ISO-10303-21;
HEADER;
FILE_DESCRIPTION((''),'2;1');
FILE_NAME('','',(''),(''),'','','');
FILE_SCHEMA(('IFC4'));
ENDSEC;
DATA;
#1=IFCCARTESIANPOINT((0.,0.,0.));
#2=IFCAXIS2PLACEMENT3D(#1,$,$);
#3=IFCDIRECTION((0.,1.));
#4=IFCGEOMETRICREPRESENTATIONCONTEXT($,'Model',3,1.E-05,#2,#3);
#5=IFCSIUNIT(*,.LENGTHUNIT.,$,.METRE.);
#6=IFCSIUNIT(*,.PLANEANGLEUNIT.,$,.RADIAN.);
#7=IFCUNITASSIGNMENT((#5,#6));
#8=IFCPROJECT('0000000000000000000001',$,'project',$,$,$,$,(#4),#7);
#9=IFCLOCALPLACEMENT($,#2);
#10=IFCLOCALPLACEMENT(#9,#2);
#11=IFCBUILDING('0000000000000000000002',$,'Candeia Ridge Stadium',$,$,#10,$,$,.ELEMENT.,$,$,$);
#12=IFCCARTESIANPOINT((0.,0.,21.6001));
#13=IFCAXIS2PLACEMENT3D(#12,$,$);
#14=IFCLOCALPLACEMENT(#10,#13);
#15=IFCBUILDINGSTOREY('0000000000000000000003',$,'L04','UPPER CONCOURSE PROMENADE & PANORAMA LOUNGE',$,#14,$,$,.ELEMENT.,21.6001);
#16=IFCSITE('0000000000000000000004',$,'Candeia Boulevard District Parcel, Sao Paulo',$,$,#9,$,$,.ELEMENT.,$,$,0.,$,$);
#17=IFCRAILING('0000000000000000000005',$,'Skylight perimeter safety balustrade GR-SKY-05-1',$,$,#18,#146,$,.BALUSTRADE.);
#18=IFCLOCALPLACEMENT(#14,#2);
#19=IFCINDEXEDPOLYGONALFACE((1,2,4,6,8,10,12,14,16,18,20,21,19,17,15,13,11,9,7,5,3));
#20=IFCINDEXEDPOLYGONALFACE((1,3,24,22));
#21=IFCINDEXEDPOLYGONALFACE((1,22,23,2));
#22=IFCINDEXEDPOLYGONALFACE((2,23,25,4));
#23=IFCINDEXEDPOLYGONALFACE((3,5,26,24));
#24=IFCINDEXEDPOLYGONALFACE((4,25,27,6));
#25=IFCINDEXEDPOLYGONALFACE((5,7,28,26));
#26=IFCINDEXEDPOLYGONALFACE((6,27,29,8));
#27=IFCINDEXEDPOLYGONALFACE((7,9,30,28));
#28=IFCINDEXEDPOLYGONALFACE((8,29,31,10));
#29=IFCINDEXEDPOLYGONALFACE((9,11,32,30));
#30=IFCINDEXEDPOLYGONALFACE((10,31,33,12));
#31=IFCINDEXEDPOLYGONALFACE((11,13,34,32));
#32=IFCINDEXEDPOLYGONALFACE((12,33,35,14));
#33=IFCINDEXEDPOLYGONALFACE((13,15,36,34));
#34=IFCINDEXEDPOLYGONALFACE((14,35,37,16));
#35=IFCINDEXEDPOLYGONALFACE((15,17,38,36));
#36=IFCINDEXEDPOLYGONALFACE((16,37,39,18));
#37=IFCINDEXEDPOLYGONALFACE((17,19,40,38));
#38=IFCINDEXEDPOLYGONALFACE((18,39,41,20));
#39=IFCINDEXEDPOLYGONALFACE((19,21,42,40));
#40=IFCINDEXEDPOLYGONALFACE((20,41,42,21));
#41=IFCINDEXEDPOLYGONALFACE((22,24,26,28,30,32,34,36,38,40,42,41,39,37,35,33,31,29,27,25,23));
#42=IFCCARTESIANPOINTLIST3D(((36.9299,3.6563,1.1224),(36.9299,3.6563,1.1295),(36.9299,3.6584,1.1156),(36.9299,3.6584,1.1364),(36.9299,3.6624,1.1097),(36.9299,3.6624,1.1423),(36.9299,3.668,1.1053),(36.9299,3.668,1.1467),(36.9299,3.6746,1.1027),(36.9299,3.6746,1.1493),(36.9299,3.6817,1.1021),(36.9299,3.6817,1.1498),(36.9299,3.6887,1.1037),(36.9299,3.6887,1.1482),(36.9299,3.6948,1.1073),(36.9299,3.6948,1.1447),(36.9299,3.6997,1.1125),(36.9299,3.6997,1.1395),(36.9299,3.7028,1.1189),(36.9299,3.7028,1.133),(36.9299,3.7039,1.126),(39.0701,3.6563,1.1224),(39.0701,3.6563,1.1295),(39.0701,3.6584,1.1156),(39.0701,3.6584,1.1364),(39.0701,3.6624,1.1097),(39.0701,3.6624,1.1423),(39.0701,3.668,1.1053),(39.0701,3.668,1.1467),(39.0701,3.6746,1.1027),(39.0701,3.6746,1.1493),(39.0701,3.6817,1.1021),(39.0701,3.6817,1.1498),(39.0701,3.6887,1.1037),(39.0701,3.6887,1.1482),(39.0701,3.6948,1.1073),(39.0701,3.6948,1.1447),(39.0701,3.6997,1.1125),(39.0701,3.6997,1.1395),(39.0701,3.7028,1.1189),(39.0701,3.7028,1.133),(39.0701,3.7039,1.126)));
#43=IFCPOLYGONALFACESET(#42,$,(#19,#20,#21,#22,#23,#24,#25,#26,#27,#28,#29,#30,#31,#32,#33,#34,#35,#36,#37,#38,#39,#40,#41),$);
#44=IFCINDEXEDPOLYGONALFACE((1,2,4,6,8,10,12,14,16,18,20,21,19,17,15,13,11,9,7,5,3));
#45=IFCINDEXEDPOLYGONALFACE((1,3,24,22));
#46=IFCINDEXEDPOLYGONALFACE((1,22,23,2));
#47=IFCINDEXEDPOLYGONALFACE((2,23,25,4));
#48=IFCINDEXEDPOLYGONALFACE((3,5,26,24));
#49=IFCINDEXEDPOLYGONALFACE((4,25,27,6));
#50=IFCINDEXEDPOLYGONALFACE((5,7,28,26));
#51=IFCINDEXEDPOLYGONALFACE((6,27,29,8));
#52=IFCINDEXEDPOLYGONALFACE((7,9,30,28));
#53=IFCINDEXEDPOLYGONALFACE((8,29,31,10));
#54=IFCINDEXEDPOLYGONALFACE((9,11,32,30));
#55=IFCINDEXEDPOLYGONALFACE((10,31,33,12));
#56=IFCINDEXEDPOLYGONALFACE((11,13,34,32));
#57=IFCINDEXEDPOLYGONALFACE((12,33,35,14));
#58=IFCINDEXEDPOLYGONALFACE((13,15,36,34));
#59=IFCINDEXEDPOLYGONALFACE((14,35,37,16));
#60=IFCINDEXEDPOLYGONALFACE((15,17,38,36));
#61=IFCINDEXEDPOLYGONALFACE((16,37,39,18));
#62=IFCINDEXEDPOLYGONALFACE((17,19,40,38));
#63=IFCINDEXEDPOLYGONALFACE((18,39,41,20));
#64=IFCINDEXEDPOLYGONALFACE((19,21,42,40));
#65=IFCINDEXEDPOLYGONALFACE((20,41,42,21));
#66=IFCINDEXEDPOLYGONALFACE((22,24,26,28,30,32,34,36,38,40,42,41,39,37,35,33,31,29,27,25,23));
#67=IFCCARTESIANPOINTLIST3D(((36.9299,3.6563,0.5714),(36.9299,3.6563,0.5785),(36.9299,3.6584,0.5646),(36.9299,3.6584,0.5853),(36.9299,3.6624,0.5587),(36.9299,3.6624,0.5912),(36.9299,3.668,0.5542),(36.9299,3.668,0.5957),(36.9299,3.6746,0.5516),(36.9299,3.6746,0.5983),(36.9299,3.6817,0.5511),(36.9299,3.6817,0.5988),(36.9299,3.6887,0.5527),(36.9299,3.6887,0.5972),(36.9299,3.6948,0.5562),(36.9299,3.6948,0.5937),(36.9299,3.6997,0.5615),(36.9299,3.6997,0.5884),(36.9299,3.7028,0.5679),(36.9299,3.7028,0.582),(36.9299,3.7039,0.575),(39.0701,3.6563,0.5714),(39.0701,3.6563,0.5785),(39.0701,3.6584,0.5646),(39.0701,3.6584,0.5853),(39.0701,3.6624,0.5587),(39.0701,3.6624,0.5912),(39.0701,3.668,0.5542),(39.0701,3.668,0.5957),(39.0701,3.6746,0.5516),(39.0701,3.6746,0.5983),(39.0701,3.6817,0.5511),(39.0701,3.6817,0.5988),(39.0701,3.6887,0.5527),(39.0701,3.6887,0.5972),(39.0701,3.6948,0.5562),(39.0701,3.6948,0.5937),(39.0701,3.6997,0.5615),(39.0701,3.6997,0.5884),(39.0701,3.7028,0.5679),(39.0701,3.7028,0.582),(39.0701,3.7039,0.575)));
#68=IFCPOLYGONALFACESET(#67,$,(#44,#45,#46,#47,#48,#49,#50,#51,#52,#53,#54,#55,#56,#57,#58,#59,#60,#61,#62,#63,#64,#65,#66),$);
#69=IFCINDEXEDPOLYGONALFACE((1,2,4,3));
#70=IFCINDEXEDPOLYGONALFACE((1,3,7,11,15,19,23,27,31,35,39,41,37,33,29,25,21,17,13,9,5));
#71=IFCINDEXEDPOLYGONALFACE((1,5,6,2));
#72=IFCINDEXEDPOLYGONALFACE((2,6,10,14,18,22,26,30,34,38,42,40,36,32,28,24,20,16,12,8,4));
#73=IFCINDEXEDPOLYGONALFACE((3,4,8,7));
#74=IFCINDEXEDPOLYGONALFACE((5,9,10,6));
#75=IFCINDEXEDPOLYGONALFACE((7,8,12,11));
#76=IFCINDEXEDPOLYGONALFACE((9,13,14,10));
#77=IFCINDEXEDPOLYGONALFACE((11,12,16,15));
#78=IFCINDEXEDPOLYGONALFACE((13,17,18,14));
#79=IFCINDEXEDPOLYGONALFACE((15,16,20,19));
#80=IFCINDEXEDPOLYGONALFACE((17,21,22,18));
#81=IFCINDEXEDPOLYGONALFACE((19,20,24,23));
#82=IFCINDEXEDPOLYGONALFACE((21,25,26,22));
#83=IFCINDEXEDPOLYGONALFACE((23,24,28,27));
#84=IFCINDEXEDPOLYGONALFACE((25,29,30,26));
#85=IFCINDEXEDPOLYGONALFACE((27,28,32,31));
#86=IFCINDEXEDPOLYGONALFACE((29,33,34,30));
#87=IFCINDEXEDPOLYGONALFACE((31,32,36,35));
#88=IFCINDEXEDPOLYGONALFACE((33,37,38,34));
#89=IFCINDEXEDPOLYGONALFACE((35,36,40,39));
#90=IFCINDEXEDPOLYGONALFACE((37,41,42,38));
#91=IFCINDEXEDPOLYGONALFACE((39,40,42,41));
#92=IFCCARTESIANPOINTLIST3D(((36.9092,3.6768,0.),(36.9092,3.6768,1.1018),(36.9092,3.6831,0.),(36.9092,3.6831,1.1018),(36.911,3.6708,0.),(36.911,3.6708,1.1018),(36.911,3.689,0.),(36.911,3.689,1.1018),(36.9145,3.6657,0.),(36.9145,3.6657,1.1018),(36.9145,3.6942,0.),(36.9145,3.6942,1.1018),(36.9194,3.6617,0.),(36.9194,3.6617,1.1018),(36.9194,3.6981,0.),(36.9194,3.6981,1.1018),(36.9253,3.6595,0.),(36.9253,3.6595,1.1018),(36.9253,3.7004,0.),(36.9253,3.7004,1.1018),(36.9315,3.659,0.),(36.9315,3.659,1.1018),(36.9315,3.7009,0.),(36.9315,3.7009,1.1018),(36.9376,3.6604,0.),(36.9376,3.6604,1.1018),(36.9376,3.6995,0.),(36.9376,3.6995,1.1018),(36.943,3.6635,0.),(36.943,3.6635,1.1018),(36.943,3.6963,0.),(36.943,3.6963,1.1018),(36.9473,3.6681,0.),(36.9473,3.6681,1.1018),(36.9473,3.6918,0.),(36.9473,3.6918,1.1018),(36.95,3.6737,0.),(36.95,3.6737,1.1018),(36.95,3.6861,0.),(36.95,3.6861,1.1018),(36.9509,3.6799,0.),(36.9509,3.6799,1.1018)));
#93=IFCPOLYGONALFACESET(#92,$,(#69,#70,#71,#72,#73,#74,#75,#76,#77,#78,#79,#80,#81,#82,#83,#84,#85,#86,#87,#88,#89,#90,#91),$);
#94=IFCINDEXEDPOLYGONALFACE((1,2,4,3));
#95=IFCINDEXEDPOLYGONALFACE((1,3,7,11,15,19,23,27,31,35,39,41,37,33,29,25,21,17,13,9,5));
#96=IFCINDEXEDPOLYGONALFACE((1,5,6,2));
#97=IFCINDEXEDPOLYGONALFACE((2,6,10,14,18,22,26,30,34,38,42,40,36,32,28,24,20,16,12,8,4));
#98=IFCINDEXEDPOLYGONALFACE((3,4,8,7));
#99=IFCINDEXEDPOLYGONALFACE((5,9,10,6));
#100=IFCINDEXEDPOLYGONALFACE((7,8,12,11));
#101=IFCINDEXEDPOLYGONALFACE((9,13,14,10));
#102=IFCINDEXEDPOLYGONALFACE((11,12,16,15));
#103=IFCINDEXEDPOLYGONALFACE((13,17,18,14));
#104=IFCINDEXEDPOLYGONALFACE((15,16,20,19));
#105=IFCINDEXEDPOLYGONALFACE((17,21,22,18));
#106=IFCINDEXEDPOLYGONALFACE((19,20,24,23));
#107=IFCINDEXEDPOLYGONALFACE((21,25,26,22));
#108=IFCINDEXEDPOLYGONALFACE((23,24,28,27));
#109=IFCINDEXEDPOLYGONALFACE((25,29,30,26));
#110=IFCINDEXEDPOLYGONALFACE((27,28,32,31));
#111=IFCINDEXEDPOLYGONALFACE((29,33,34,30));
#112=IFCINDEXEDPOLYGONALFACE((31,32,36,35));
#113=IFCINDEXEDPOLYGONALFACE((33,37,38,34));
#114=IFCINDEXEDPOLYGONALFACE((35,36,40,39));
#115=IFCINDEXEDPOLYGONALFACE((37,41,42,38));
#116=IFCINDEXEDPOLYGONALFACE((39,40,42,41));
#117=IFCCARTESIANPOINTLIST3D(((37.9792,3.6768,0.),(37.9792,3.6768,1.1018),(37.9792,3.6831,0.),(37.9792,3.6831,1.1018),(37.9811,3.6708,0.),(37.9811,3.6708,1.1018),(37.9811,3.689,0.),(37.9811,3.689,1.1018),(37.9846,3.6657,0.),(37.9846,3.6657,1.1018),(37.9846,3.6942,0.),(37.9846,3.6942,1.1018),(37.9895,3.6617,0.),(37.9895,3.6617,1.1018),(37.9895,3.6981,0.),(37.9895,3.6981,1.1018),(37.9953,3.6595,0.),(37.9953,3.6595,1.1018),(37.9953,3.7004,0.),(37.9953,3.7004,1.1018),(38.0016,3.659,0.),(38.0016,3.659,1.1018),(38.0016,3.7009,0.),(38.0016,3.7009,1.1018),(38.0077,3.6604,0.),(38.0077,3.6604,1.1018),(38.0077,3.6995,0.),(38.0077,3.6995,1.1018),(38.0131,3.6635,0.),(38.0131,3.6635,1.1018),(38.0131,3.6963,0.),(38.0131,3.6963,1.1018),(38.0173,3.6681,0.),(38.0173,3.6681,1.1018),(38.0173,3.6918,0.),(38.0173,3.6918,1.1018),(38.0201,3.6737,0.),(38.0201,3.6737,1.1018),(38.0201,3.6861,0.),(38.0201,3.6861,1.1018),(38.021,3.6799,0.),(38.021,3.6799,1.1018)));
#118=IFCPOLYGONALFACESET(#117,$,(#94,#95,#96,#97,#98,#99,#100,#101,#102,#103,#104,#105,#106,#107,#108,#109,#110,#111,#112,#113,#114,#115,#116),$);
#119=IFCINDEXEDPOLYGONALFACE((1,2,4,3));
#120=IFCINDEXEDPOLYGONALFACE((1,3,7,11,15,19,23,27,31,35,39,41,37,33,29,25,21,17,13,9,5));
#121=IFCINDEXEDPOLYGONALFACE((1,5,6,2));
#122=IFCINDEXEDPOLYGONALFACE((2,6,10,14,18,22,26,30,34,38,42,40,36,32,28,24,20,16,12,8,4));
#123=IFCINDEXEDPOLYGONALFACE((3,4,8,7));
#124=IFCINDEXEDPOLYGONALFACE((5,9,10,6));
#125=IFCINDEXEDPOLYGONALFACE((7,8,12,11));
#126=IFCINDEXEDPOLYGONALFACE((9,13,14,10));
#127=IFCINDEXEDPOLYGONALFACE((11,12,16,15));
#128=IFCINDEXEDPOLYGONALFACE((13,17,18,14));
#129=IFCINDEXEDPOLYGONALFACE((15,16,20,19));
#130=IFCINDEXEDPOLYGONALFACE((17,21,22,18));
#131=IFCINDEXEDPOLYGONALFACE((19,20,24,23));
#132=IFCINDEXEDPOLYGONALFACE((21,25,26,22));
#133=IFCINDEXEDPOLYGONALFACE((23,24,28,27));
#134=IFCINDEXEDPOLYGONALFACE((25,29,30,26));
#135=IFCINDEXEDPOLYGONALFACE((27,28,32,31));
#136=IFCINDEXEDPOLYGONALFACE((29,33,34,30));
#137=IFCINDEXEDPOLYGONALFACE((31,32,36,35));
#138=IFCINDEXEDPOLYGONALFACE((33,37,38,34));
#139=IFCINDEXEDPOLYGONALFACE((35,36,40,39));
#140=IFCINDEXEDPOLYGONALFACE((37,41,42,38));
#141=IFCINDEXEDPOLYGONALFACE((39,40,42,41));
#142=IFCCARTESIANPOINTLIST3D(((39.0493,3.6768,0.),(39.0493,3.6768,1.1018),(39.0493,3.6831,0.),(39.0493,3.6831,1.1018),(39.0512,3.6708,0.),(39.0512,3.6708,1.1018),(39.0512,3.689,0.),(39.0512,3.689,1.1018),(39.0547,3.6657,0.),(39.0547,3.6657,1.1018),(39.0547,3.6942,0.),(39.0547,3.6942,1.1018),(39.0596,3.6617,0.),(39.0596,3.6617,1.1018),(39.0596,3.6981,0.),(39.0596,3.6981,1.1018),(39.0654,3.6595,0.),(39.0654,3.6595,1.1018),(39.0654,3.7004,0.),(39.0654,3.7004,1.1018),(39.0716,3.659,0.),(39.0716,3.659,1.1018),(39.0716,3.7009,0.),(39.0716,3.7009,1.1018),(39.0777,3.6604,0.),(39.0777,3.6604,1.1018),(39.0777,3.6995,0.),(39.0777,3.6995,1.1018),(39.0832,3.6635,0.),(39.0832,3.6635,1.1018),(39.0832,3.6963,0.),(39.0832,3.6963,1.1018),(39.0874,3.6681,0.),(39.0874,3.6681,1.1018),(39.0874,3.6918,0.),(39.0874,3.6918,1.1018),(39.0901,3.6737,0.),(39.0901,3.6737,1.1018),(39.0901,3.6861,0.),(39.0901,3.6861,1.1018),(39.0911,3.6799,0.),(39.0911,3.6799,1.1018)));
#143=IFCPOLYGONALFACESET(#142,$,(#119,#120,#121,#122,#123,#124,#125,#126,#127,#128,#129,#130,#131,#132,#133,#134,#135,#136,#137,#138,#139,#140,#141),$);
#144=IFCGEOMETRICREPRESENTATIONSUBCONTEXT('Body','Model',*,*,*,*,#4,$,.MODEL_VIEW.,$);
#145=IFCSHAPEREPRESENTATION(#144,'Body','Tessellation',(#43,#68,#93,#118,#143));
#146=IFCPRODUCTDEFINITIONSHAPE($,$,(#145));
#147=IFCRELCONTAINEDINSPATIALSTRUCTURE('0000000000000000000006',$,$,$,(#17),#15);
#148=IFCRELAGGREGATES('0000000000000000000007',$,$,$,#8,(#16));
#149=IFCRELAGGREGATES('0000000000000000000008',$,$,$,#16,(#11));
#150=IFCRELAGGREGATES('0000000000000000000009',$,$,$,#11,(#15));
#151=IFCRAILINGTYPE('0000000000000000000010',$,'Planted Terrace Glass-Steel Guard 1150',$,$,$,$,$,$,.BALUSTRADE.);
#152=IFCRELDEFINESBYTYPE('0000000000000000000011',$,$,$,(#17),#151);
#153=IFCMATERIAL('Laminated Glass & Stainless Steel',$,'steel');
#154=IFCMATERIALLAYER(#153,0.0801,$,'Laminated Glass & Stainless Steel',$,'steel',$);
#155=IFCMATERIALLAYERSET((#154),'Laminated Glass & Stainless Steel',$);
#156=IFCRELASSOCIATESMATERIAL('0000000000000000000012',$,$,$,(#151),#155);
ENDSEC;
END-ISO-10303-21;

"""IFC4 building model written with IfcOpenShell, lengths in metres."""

from ifc_helpers import new_model, si_unit, direction, frame, origin, origin_2d, place, context, subcontext, project, spatial, circle, extrude, material, layer, layer_set, type_object, element, save


model = new_model("IFC4")

# Units and contexts
model_context = context("Model", 3, precision=1e-05, world=origin(), true_north=direction((0.0, 1.0)))
body_context = subcontext(model_context, "Body", "Model", "MODEL_VIEW")
ifc_project = project(units=[si_unit("LENGTHUNIT", "METRE"), si_unit("PLANEANGLEUNIT", "RADIAN")], contexts=[model_context])

# Site, building, storey
site_placement = place(None, origin())
site = spatial("IfcSite", under=ifc_project, at=site_placement, Name="Candeia Boulevard District Parcel, Sao Paulo", CompositionType="ELEMENT", RefElevation=0.0)
building_placement = place(site_placement, origin())
building = spatial("IfcBuilding", under=site, at=building_placement, Name="Candeia Ridge Stadium", CompositionType="ELEMENT")
storey_placement = place(building_placement, frame((0.0, 0.0, 21.6001)))
storey = spatial("IfcBuildingStorey", under=building, at=storey_placement, Name="L04", Description="UPPER CONCOURSE PROMENADE & PANORAMA LOUNGE", CompositionType="ELEMENT", Elevation=21.6001)

# Railing
ifc_material_1 = material(Name="Laminated Glass & Stainless Steel", Category="steel")
ifc_layer_1 = layer(ifc_material_1, 0.0801, Name="Laminated Glass & Stainless Steel", Category="steel")
ifc_layer_set_1 = layer_set([ifc_layer_1], Name="Laminated Glass & Stainless Steel")
railing_type_1 = type_object("IfcRailingType", Name="Planted Terrace Glass-Steel Guard 1150", PredefinedType="BALUSTRADE", material=ifc_layer_set_1)
railing_1_placement = place(storey_placement, frame((36.9299, 3.6799, 0.0)))
element("IfcRailing", 1, at=railing_1_placement, inside=storey, type_object=railing_type_1, Name="Skylight perimeter safety balustrade GR-SKY-05-1", PredefinedType="BALUSTRADE", context=body_context, shape_type="SweptSolid", body=[
    extrude(circle(Radius=0.0239, at=origin_2d()), frame((0.0, 0.0, 1.126), z_axis=(1.0, 0.0, 0.0), x_axis=(0.0, 1.0, 0.0)), (0.0, 0.0, 1.0), 2.1401),
    extrude(circle(Radius=0.0239, at=origin_2d()), frame((0.0, 0.0, 0.575), z_axis=(1.0, 0.0, 0.0), x_axis=(0.0, 1.0, 0.0)), (0.0, 0.0, 1.0), 2.1401),
    extrude(circle(Radius=0.021, at=origin_2d()), origin(), (0.0, 0.0, 1.0), 1.1018),
    extrude(circle(Radius=0.021, at=origin_2d()), frame((1.0701, 0.0, 0.0)), (0.0, 0.0, 1.0), 1.1018),
    extrude(circle(Radius=0.021, at=origin_2d()), frame((2.1401, 0.0, 0.0)), (0.0, 0.0, 1.0), 1.1018),
])

save(model, "model.ifc")
